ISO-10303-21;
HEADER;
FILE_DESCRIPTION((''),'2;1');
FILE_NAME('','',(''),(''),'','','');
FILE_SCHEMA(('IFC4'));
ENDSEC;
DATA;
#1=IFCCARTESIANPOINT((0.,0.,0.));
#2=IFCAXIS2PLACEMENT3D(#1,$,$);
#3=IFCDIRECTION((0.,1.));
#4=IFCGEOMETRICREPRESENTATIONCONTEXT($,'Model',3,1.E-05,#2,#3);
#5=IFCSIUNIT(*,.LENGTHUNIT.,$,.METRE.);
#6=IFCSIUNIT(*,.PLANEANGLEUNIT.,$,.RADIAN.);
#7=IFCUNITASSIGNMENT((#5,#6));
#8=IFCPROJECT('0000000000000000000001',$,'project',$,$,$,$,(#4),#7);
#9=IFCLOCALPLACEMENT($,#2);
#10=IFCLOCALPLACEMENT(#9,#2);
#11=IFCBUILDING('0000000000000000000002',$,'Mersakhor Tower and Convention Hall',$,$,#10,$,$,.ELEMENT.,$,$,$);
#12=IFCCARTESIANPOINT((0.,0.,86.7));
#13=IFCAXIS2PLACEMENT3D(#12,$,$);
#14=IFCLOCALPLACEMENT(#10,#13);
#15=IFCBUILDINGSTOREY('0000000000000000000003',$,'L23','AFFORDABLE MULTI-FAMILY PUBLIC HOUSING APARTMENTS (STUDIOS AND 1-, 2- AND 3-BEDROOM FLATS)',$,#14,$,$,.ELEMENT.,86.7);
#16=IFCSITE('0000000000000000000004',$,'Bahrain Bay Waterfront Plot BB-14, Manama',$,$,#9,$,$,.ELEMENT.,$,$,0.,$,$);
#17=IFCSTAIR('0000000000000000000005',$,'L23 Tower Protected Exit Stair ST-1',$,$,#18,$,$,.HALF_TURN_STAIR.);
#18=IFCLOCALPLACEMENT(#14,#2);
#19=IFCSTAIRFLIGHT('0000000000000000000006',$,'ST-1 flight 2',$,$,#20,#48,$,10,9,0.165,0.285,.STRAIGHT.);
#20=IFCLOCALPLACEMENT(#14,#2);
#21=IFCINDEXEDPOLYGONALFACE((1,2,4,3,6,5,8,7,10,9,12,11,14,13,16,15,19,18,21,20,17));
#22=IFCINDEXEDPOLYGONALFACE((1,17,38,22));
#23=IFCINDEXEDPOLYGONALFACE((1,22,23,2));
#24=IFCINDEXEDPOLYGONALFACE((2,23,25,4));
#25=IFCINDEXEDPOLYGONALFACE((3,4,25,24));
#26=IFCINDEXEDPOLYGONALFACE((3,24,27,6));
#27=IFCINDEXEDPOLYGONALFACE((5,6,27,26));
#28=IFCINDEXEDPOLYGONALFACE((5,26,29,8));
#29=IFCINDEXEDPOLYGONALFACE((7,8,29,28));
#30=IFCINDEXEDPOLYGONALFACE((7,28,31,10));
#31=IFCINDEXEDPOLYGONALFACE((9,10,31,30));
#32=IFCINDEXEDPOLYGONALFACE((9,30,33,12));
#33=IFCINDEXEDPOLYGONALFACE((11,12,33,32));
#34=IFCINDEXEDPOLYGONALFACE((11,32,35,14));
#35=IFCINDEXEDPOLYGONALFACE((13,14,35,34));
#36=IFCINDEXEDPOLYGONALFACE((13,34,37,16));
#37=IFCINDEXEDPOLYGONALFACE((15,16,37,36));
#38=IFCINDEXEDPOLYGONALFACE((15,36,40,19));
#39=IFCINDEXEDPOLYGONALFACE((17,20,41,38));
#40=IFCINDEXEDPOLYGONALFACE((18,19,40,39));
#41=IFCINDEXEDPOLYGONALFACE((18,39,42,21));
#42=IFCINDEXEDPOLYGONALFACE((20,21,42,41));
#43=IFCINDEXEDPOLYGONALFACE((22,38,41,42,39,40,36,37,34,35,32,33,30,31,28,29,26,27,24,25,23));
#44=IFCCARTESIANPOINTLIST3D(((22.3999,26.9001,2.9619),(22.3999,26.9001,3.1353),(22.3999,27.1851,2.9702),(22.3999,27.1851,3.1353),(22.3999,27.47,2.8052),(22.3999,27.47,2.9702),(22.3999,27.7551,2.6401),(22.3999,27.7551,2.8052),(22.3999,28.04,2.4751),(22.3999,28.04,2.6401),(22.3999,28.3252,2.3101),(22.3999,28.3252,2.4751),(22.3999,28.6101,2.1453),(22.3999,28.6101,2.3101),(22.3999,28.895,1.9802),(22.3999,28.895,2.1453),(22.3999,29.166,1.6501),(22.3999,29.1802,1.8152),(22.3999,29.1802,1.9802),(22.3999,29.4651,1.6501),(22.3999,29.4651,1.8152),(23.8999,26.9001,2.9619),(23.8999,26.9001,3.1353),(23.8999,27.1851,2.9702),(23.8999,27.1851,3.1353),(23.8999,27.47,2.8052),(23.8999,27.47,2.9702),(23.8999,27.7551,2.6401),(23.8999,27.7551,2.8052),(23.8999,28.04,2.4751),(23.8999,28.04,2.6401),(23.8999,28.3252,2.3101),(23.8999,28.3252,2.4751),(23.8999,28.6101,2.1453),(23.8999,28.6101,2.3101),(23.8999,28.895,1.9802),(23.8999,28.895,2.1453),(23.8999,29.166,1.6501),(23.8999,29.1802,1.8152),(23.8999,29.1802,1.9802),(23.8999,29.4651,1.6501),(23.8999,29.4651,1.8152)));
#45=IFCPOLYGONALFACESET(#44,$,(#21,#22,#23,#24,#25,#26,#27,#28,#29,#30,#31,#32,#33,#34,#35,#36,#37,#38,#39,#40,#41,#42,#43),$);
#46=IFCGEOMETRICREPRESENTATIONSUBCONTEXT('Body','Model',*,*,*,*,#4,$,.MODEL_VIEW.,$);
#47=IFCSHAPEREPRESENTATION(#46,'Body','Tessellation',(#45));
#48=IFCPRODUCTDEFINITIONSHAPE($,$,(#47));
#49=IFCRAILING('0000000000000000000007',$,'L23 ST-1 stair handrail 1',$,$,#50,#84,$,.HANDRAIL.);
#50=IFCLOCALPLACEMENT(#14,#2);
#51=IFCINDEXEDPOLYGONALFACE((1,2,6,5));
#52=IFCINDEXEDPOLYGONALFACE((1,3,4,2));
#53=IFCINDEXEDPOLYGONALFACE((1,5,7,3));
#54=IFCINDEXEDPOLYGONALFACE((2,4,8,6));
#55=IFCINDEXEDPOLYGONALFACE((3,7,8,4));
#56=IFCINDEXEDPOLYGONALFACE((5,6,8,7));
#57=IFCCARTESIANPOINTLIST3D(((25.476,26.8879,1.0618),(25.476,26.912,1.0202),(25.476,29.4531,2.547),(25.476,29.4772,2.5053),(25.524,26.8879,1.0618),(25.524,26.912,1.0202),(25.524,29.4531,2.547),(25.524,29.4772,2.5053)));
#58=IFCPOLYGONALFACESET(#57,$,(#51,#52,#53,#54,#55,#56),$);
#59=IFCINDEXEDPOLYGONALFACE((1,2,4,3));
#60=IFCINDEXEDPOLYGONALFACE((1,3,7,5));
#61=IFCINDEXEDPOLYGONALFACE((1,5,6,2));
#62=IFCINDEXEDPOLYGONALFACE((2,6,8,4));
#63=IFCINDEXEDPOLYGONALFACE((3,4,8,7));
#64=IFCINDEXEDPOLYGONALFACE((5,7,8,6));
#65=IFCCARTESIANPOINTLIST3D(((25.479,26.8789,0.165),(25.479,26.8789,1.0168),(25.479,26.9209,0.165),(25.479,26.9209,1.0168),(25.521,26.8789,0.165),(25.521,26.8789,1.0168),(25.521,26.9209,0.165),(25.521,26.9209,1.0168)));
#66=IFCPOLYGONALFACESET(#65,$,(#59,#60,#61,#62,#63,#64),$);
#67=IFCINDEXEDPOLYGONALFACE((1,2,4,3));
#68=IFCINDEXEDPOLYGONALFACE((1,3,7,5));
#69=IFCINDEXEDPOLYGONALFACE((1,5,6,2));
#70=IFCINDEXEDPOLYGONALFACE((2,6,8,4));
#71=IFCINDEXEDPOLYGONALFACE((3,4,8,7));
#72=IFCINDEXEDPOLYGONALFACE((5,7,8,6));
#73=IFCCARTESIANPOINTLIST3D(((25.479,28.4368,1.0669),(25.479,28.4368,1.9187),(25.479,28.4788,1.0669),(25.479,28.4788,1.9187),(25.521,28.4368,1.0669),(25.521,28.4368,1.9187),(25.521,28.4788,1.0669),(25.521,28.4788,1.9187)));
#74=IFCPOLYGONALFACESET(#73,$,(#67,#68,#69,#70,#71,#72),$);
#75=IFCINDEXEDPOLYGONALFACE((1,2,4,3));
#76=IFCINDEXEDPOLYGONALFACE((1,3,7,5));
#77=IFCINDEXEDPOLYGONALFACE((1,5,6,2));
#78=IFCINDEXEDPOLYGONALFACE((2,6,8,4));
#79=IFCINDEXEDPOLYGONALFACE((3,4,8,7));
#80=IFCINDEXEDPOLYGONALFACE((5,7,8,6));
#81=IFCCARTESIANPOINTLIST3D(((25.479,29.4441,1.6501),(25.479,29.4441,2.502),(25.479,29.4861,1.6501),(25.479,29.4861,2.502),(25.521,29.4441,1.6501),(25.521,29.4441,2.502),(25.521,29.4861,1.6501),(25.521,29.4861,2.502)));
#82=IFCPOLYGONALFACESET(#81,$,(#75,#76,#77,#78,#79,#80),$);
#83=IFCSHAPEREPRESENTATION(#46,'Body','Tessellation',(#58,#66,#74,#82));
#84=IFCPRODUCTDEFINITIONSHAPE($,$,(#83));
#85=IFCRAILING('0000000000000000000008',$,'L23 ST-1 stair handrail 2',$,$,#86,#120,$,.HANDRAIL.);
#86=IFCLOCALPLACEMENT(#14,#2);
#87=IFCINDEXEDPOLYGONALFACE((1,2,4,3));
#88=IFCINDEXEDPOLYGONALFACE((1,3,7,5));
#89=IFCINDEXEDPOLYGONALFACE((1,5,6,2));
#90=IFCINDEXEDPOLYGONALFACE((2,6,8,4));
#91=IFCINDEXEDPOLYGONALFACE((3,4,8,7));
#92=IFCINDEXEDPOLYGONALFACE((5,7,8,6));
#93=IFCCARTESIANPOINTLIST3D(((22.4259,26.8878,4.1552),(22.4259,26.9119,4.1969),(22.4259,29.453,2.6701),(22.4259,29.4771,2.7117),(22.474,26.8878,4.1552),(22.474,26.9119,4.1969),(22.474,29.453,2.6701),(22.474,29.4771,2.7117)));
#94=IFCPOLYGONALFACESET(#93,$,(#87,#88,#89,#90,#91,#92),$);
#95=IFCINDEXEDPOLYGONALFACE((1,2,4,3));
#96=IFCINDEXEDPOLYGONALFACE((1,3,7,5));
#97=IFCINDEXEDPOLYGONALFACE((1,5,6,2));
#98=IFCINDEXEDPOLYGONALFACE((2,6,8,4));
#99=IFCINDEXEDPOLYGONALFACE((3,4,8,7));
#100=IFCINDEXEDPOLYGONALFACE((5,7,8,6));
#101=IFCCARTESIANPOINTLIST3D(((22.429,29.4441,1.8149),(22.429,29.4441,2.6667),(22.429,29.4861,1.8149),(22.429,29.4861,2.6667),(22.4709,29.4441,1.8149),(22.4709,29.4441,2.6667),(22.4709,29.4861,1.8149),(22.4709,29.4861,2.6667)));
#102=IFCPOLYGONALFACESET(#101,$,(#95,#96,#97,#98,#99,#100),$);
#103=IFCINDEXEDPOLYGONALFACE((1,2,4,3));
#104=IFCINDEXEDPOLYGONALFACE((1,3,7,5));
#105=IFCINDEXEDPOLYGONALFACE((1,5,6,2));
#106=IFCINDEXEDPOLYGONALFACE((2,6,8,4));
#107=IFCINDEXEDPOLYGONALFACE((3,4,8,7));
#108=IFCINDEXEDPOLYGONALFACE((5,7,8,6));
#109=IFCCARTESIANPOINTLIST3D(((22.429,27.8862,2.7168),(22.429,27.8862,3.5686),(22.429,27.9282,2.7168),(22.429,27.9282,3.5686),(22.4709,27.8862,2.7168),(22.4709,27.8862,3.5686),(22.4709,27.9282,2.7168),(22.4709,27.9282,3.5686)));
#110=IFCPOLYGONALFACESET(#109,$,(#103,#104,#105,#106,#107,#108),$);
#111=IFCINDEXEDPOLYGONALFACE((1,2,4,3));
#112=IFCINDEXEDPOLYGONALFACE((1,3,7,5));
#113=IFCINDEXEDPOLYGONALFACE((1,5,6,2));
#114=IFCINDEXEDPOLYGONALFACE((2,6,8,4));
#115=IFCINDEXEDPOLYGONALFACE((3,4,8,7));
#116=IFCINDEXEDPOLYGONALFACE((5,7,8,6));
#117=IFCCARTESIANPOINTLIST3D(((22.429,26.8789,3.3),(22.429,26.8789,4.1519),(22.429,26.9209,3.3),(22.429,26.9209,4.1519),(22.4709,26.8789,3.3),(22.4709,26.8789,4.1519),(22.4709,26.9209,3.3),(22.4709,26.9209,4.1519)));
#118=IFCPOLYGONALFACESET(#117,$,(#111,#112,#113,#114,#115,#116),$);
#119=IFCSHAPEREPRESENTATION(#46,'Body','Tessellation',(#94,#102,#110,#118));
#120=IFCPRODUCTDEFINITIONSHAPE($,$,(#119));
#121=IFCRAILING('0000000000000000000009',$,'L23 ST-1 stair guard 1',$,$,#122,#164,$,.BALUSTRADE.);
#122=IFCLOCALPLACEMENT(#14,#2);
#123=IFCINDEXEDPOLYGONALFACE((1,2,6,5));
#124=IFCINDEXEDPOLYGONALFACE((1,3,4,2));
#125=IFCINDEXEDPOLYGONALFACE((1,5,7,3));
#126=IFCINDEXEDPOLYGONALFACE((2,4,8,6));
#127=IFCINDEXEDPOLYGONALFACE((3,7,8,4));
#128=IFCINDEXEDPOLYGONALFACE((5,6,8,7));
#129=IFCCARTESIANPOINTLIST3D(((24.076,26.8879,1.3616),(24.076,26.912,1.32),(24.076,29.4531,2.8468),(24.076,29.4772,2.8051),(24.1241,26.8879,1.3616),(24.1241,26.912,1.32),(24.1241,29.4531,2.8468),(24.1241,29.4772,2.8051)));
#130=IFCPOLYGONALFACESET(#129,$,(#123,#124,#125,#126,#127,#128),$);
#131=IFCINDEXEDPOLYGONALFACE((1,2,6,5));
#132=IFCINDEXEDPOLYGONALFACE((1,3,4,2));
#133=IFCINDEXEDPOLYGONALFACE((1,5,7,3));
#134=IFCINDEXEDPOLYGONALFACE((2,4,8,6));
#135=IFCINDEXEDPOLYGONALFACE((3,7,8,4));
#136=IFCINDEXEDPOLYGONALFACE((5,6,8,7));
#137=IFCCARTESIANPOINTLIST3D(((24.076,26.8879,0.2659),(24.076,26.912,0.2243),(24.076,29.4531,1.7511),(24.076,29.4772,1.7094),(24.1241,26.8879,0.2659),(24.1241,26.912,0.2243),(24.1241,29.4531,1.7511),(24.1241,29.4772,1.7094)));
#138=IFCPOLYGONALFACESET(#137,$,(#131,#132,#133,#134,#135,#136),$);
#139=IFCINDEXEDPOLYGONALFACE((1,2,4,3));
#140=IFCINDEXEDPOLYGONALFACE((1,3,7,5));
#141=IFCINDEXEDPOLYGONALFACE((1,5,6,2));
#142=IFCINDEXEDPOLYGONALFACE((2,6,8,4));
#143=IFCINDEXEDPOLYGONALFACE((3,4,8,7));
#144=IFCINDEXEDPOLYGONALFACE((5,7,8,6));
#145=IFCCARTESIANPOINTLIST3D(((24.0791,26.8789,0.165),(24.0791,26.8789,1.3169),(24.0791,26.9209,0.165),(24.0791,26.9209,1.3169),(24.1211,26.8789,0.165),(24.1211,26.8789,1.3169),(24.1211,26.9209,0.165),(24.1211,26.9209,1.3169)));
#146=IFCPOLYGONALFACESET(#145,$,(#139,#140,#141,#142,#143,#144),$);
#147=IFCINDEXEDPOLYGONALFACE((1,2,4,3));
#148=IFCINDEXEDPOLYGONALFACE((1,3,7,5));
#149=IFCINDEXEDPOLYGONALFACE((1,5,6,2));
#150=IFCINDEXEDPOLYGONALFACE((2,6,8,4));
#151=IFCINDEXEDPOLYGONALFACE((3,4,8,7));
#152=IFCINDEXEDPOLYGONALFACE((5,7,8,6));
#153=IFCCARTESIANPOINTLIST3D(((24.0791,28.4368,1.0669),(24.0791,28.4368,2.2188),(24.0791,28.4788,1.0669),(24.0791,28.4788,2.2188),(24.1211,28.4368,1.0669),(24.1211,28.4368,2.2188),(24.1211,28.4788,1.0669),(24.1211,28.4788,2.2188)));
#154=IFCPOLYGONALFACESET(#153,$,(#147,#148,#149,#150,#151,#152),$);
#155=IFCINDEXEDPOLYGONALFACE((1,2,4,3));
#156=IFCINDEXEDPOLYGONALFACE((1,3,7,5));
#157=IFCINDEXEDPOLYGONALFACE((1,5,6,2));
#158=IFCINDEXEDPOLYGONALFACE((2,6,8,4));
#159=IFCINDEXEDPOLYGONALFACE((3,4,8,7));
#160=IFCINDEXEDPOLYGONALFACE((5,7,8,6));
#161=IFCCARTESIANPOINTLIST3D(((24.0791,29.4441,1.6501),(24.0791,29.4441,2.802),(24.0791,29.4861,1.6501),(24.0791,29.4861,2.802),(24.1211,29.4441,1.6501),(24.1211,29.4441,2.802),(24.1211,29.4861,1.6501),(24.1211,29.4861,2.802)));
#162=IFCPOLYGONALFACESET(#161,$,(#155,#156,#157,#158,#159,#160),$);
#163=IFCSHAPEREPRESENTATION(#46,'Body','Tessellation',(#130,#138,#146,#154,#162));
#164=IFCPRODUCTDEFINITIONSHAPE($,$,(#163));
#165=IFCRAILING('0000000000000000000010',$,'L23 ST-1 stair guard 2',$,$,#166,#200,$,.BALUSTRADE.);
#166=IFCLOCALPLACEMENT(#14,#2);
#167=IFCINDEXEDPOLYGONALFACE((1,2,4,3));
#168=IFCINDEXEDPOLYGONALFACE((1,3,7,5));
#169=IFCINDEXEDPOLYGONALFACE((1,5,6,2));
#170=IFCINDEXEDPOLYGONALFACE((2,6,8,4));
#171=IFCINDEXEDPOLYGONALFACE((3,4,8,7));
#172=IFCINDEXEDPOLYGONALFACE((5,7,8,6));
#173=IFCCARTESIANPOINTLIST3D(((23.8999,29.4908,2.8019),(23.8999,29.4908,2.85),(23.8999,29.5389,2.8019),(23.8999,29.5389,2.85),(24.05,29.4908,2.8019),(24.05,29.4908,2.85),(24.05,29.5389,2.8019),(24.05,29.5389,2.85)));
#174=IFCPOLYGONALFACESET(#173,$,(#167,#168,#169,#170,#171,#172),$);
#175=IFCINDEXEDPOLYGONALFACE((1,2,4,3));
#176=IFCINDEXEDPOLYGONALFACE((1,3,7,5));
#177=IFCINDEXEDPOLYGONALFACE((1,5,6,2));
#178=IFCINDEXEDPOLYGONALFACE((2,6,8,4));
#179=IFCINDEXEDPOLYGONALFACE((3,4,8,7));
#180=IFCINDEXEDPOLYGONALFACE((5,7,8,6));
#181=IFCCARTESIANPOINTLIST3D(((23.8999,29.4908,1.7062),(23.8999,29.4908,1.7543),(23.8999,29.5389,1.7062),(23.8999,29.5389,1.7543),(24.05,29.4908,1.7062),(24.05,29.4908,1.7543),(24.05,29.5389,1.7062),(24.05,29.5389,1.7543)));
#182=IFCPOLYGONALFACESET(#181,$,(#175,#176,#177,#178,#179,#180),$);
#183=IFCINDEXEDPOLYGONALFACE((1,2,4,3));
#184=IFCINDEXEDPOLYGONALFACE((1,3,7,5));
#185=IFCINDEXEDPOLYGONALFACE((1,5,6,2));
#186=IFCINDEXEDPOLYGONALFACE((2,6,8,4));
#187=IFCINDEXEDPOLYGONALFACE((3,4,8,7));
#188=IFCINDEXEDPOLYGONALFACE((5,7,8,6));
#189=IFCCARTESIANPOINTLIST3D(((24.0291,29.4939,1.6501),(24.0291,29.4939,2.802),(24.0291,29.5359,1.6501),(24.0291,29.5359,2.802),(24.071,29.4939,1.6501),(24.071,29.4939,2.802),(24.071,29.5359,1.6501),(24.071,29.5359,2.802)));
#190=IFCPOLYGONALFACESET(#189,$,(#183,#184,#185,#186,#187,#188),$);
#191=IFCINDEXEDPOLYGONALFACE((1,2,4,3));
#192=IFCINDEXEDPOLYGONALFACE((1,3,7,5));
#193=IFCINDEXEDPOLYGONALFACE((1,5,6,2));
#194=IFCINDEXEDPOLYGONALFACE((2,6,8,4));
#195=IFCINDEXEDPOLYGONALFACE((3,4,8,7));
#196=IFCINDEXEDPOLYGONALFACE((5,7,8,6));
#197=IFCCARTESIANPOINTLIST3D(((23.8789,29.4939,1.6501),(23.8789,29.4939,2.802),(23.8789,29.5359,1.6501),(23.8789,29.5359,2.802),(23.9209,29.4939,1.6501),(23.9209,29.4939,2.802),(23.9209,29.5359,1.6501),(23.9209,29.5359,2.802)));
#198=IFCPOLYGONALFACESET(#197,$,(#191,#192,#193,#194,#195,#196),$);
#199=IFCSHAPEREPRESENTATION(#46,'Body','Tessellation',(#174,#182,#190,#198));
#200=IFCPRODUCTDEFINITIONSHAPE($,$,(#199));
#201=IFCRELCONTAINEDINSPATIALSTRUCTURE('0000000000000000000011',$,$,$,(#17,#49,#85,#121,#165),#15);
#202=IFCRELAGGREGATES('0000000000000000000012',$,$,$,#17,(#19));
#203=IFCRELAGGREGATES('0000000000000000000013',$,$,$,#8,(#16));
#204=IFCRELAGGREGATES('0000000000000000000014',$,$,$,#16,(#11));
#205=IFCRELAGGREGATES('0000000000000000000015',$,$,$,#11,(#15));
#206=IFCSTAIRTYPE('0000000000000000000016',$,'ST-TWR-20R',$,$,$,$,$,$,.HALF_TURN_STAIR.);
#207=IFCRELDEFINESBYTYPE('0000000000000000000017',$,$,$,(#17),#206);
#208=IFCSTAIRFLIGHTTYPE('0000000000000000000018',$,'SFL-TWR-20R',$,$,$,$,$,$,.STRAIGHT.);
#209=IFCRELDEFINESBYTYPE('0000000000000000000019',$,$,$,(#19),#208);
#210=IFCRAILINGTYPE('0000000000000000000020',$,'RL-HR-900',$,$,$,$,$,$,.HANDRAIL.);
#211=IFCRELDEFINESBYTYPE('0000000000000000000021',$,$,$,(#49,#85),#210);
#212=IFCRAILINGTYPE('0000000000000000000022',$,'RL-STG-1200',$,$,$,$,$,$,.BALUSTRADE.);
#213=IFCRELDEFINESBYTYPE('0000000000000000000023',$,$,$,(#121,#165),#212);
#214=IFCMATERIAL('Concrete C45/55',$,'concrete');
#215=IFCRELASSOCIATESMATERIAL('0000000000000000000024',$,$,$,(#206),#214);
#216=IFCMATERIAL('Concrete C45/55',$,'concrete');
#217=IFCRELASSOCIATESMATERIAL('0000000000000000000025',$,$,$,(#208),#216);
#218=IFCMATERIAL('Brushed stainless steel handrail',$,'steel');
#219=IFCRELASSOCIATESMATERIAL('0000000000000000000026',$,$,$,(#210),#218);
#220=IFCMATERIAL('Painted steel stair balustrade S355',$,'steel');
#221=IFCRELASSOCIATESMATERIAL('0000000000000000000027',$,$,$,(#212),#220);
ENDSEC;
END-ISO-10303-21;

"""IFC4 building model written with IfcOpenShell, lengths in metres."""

from ifc_helpers import new_model, si_unit, direction, frame, origin, origin_2d, place, context, subcontext, project, spatial, polyline, rectangle, outline, extrude, material, type_object, element, aggregate, save


model = new_model("IFC4")

# Units and contexts
model_context = context("Model", 3, precision=1e-05, world=origin(), true_north=direction((0.0, 1.0)))
body_context = subcontext(model_context, "Body", "Model", "MODEL_VIEW")
ifc_project = project(units=[si_unit("LENGTHUNIT", "METRE"), si_unit("PLANEANGLEUNIT", "RADIAN")], contexts=[model_context])

# Site, building, storey
site_placement = place(None, origin())
site = spatial("IfcSite", under=ifc_project, at=site_placement, Name="Bahrain Bay Waterfront Plot BB-14, Manama", CompositionType="ELEMENT", RefElevation=0.0)
building_placement = place(site_placement, origin())
building = spatial("IfcBuilding", under=site, at=building_placement, Name="Mersakhor Tower and Convention Hall", CompositionType="ELEMENT")
storey_placement = place(building_placement, frame((0.0, 0.0, 86.7)))
storey = spatial("IfcBuildingStorey", under=building, at=storey_placement, Name="L23", Description="AFFORDABLE MULTI-FAMILY PUBLIC HOUSING APARTMENTS (STUDIOS AND 1-, 2- AND 3-BEDROOM FLATS)", CompositionType="ELEMENT", Elevation=86.7)

# Stair, stair flight
ifc_material_1 = material(Name="Concrete C45/55", Category="concrete")
stair_type = type_object("IfcStairType", Name="ST-TWR-20R", PredefinedType="HALF_TURN_STAIR", material=ifc_material_1)
stair_placement = place(storey_placement, origin())
stair = element("IfcStair", 1, at=stair_placement, inside=storey, type_object=stair_type, Name="L23 Tower Protected Exit Stair ST-1", PredefinedType="HALF_TURN_STAIR")
ifc_material_2 = material(Name="Concrete C45/55", Category="concrete")
stair_flight_type = type_object("IfcStairFlightType", Name="SFL-TWR-20R", PredefinedType="STRAIGHT", material=ifc_material_2)
stair_flight_1_placement = place(storey_placement, frame((23.1499, 29.4651, 1.6501), z_axis=(0.0, 0.0, 1.0), x_axis=(0.0, -1.0, 0.0)))
stair_flight_1 = element("IfcStairFlight", 2, at=stair_flight_1_placement, type_object=stair_flight_type, Name="ST-1 flight 2", NumberOfRisers=10, NumberOfTreads=9, PredefinedType="STRAIGHT", RiserHeight=0.165, TreadLength=0.285, context=body_context, shape_type="SweptSolid", body=[
    extrude(outline(polyline([(0.0, 0.0), (0.0, 0.165), (0.2849, 0.165), (0.2849, 0.3301), (0.5701, 0.3301), (0.5701, 0.4951), (0.855, 0.4951), (0.855, 0.6599), (1.1399, 0.6599), (1.1399, 0.825), (1.425, 0.825), (1.425, 0.99), (1.71, 0.99), (1.71, 1.155), (1.9951, 1.155), (1.9951, 1.3201), (2.28, 1.3201), (2.28, 1.4851), (2.5649, 1.4851), (2.5649, 1.6499), (2.5649, 1.3118), (0.2991, 0.0), (0.0, 0.0)])), frame((0.0, 0.75, 0.0), z_axis=(0.0, -1.0, 0.0), x_axis=(1.0, 0.0, 0.0)), (0.0, 0.0, 1.0), 1.5),
])
aggregate(stair, [stair_flight_1])

# Railings
ifc_material_3 = material(Name="Brushed stainless steel handrail", Category="steel")
railing_type_1 = type_object("IfcRailingType", Name="RL-HR-900", PredefinedType="HANDRAIL", material=ifc_material_3)
railing_1_placement = place(storey_placement, frame((25.5, 26.8999, 0.165)))
element("IfcRailing", 3, at=railing_1_placement, inside=storey, type_object=railing_type_1, Name="L23 ST-1 stair handrail 1", PredefinedType="HANDRAIL", context=body_context, shape_type="SweptSolid", body=[
    extrude(rectangle(XDim=0.0481, YDim=0.0481, at=origin_2d()), frame((0.0, 0.0, 0.876), z_axis=(0.0, 0.865426, 0.501036), x_axis=(-1.0, 0.0, 0.0)), (0.0, 0.0, 1.0), 2.9641),
    extrude(rectangle(XDim=0.042, YDim=0.042, at=origin_2d()), origin(), (0.0, 0.0, 1.0), 0.8518),
    extrude(rectangle(XDim=0.042, YDim=0.042, at=origin_2d()), frame((0.0, 1.5579, 0.9019)), (0.0, 0.0, 1.0), 0.8518),
    extrude(rectangle(XDim=0.042, YDim=0.042, at=origin_2d()), frame((0.0, 2.5652, 1.4851)), (0.0, 0.0, 1.0), 0.8518),
])
railing_2_placement = place(storey_placement, frame((22.45, 29.4651, 1.8149)))
element("IfcRailing", 4, at=railing_2_placement, inside=storey, type_object=railing_type_1, Name="L23 ST-1 stair handrail 2", PredefinedType="HANDRAIL", context=body_context, shape_type="SweptSolid", body=[
    extrude(rectangle(XDim=0.0481, YDim=0.0481, at=origin_2d()), frame((0.0, 0.0, 0.876), z_axis=(0.0, -0.865426, 0.501036), x_axis=(1.0, 0.0, 0.0)), (0.0, 0.0, 1.0), 2.9641),
    extrude(rectangle(XDim=0.042, YDim=0.042, at=origin_2d()), origin(), (0.0, 0.0, 1.0), 0.8518),
    extrude(rectangle(XDim=0.042, YDim=0.042, at=origin_2d()), frame((0.0, -1.5579, 0.9019)), (0.0, 0.0, 1.0), 0.8518),
    extrude(rectangle(XDim=0.042, YDim=0.042, at=origin_2d()), frame((0.0, -2.5652, 1.4851)), (0.0, 0.0, 1.0), 0.8518),
])
ifc_material_4 = material(Name="Painted steel stair balustrade S355", Category="steel")
railing_type_2 = type_object("IfcRailingType", Name="RL-STG-1200", PredefinedType="BALUSTRADE", material=ifc_material_4)
railing_3_placement = place(storey_placement, frame((24.1001, 26.8999, 0.165)))
element("IfcRailing", 5, at=railing_3_placement, inside=storey, type_object=railing_type_2, Name="L23 ST-1 stair guard 1", PredefinedType="BALUSTRADE", context=body_context, shape_type="SweptSolid", body=[
    extrude(rectangle(XDim=0.0481, YDim=0.0481, at=origin_2d()), frame((0.0, 0.0, 1.1758), z_axis=(0.0, 0.865426, 0.501036), x_axis=(-1.0, 0.0, 0.0)), (0.0, 0.0, 1.0), 2.9641),
    extrude(rectangle(XDim=0.0481, YDim=0.0481, at=origin_2d()), frame((0.0, 0.0, 0.0801), z_axis=(0.0, 0.865426, 0.501036), x_axis=(-1.0, 0.0, 0.0)), (0.0, 0.0, 1.0), 2.9641),
    extrude(rectangle(XDim=0.042, YDim=0.042, at=origin_2d()), origin(), (0.0, 0.0, 1.0), 1.1519),
    extrude(rectangle(XDim=0.042, YDim=0.042, at=origin_2d()), frame((0.0, 1.5579, 0.9019)), (0.0, 0.0, 1.0), 1.1519),
    extrude(rectangle(XDim=0.042, YDim=0.042, at=origin_2d()), frame((0.0, 2.5652, 1.4851)), (0.0, 0.0, 1.0), 1.1519),
])
railing_4_placement = place(storey_placement, frame((24.05, 29.5149, 1.6501)))
element("IfcRailing", 6, at=railing_4_placement, inside=storey, type_object=railing_type_2, Name="L23 ST-1 stair guard 2", PredefinedType="BALUSTRADE", context=body_context, shape_type="SweptSolid", body=[
    extrude(rectangle(XDim=0.0481, YDim=0.0481, at=origin_2d()), frame((0.0, 0.0, 1.1758), z_axis=(-1.0, 0.0, 0.0), x_axis=(0.0, -1.0, 0.0)), (0.0, 0.0, 1.0), 0.1501),
    extrude(rectangle(XDim=0.0481, YDim=0.0481, at=origin_2d()), frame((0.0, 0.0, 0.0801), z_axis=(-1.0, 0.0, 0.0), x_axis=(0.0, -1.0, 0.0)), (0.0, 0.0, 1.0), 0.1501),
    extrude(rectangle(XDim=0.042, YDim=0.042, at=origin_2d()), origin(), (0.0, 0.0, 1.0), 1.1519),
    extrude(rectangle(XDim=0.042, YDim=0.042, at=origin_2d()), frame((-0.1501, 0.0, 0.0)), (0.0, 0.0, 1.0), 1.1519),
])

save(model, "model.ifc")
